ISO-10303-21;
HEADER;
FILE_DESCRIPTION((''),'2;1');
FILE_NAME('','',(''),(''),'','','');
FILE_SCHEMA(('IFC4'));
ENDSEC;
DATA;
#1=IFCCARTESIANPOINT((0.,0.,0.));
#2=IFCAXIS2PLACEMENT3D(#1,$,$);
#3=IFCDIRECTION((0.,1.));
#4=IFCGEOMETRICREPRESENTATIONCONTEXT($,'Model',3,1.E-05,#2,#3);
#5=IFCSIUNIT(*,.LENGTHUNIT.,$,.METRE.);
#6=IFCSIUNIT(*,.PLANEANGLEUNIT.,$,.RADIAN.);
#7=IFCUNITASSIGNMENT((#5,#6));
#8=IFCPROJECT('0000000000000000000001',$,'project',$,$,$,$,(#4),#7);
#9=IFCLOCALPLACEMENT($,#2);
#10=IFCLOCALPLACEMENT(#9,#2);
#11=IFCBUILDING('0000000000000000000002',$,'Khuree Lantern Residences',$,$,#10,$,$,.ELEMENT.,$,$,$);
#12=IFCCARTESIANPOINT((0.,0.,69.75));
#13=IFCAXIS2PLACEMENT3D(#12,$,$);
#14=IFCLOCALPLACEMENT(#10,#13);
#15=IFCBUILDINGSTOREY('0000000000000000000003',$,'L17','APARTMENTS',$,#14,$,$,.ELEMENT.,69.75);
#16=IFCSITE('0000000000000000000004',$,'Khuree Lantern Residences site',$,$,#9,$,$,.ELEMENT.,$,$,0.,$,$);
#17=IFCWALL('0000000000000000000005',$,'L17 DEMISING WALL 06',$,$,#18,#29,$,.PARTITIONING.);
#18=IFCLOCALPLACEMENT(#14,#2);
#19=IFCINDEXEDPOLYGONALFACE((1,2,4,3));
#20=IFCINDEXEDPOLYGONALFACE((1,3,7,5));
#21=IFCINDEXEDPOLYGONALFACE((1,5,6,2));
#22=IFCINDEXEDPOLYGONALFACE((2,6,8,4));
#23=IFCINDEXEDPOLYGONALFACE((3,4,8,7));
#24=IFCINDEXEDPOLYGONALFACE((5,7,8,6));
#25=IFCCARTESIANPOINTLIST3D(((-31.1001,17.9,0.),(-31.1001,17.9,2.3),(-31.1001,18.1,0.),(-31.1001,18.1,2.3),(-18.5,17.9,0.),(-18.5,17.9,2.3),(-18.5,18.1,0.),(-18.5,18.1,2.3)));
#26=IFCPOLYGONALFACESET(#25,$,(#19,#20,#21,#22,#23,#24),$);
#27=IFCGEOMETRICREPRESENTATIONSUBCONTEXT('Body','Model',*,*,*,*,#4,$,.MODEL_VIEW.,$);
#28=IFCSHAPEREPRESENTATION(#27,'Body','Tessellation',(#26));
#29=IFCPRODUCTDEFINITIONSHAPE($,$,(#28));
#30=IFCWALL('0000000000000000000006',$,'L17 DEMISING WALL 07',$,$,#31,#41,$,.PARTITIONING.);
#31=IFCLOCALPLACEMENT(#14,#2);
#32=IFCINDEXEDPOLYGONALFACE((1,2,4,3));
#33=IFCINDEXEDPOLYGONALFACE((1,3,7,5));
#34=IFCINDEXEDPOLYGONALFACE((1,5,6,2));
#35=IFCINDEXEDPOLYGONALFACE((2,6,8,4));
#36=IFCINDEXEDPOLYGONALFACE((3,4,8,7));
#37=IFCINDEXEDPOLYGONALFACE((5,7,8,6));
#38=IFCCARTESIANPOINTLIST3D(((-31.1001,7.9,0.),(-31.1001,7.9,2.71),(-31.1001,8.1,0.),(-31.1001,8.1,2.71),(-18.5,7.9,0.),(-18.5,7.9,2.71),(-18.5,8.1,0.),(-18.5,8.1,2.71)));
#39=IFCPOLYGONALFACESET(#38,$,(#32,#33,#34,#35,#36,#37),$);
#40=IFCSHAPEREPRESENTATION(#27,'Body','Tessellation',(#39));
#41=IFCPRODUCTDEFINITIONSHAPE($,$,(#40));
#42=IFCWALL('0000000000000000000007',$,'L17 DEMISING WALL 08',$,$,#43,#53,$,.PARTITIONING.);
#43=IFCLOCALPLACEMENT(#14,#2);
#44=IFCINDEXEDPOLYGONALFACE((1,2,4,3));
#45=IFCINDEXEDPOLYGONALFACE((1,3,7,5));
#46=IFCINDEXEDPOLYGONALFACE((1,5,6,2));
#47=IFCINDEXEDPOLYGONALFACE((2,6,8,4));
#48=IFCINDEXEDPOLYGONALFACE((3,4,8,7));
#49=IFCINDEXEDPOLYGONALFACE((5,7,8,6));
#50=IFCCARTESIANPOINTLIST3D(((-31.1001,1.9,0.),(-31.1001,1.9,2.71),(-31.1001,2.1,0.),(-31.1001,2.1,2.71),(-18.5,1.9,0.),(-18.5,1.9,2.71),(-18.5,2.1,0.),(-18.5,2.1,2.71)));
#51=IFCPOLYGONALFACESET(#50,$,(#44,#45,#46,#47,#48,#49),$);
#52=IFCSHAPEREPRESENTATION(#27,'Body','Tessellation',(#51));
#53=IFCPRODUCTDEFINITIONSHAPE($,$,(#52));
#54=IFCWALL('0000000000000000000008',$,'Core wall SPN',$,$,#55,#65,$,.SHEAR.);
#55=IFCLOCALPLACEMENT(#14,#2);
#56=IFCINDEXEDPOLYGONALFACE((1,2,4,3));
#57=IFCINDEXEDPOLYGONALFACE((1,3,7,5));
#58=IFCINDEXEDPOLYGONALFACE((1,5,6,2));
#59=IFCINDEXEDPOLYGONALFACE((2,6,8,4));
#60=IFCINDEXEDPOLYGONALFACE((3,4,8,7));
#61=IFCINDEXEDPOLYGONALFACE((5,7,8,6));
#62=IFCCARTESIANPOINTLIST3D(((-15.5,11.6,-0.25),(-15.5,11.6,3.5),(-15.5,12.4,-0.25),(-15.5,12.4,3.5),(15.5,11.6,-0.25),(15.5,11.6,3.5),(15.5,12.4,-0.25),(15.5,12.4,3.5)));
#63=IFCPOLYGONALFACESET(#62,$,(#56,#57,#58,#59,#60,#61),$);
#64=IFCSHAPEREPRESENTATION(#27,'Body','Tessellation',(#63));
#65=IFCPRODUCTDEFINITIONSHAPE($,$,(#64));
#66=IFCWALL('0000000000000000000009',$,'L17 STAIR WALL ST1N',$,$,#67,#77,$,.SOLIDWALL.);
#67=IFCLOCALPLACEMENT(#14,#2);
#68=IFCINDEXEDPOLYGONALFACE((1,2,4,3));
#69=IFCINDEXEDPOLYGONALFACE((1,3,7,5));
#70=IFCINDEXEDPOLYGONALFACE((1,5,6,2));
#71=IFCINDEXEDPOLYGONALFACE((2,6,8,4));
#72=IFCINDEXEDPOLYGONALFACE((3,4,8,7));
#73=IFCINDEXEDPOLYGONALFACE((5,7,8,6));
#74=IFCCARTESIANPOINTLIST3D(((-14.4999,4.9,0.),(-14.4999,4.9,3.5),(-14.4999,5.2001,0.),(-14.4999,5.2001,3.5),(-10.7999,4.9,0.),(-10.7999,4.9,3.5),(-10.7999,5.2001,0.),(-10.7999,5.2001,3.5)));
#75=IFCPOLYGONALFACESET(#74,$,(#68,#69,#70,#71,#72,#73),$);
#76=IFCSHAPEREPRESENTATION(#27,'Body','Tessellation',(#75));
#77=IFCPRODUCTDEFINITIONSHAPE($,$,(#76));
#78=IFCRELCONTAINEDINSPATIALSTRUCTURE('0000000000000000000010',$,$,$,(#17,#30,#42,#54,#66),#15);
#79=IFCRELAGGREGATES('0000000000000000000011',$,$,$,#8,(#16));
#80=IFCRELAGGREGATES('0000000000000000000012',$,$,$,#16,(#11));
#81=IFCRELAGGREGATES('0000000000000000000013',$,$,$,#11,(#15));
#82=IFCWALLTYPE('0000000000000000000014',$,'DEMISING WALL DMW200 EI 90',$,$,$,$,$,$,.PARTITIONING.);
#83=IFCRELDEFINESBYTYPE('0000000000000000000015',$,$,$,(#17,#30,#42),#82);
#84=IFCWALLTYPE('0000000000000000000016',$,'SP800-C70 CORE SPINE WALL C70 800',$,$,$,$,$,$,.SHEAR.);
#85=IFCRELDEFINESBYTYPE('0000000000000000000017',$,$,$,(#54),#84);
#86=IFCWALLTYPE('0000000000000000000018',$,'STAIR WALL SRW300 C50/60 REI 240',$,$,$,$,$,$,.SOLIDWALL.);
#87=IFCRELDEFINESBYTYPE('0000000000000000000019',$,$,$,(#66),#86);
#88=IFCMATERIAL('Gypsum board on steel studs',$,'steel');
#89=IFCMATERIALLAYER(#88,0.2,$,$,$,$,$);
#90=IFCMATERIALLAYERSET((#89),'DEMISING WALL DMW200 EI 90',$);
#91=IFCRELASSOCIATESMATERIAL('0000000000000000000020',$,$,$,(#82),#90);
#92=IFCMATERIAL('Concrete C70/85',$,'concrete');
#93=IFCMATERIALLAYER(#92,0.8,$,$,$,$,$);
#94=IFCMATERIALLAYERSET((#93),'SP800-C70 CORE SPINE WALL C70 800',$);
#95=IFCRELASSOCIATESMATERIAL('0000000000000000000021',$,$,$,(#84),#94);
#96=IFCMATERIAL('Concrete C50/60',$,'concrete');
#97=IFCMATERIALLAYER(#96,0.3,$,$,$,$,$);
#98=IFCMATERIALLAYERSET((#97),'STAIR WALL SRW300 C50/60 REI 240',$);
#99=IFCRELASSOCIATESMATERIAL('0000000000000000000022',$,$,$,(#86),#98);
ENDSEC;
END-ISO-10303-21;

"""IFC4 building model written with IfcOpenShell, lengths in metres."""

from ifc_helpers import new_model, si_unit, direction, frame, frame_2d, origin, place, context, subcontext, project, spatial, rectangle, extrude, material, layer, layer_set, type_object, element, save


model = new_model("IFC4")

# Units and contexts
model_context = context("Model", 3, precision=1e-05, world=origin(), true_north=direction((0.0, 1.0)))
body_context = subcontext(model_context, "Body", "Model", "MODEL_VIEW")
ifc_project = project(units=[si_unit("LENGTHUNIT", "METRE"), si_unit("PLANEANGLEUNIT", "RADIAN")], contexts=[model_context])

# Site, building, storey
site_placement = place(None, origin())
site = spatial("IfcSite", under=ifc_project, at=site_placement, Name="Khuree Lantern Residences site", CompositionType="ELEMENT", RefElevation=0.0)
building_placement = place(site_placement, origin())
building = spatial("IfcBuilding", under=site, at=building_placement, Name="Khuree Lantern Residences", CompositionType="ELEMENT")
storey_placement = place(building_placement, frame((0.0, 0.0, 69.75)))
storey = spatial("IfcBuildingStorey", under=building, at=storey_placement, Name="L17", Description="APARTMENTS", CompositionType="ELEMENT", Elevation=69.75)

# Shared definitions
ifc_material_1 = material(Name="Concrete C70/85", Category="concrete")

# Shared definitions
ifc_material_2 = material(Name="Gypsum board on steel studs", Category="steel")

# Walls
ifc_layer_1 = layer(ifc_material_2, 0.2)
ifc_layer_set_1 = layer_set([ifc_layer_1], Name="DEMISING WALL DMW200 EI 90")
wall_type_1 = type_object("IfcWallType", Name="DEMISING WALL DMW200 EI 90", PredefinedType="PARTITIONING", material=ifc_layer_set_1)
wall_1_placement = place(storey_placement, frame((-18.5, 18.0, 0.0), z_axis=(0.0, 0.0, 1.0), x_axis=(-1.0, 0.0, 0.0)))
element("IfcWall", 1, at=wall_1_placement, inside=storey, type_object=wall_type_1, Name="L17 DEMISING WALL 06", PredefinedType="PARTITIONING", context=body_context, shape_type="SweptSolid", body=[
    extrude(rectangle(XDim=12.6001, YDim=0.2, at=frame_2d((6.3, 0.0))), origin(), (0.0, 0.0, 1.0), 2.3),
])
for number, where, z_axis, x_axis, name in (
    (2, (-18.5, 8.0, 0.0), (0.0, 0.0, 1.0), (-1.0, 0.0, 0.0), "L17 DEMISING WALL 07"),
    (3, (-18.5, 2.0, 0.0), (0.0, 0.0, 1.0), (-1.0, 0.0, 0.0), "L17 DEMISING WALL 08"),
):
    element("IfcWall", number, at=place(storey_placement, frame(where, z_axis=z_axis, x_axis=x_axis)), inside=storey, type_object=wall_type_1, Name=name, PredefinedType="PARTITIONING", context=body_context, shape_type="SweptSolid", body=[
        extrude(rectangle(XDim=12.6001, YDim=0.2, at=frame_2d((6.3, 0.0))), origin(), (0.0, 0.0, 1.0), 2.71),
    ])
ifc_layer_2 = layer(ifc_material_1, 0.8)
ifc_layer_set_2 = layer_set([ifc_layer_2], Name="SP800-C70 CORE SPINE WALL C70 800")
wall_type_2 = type_object("IfcWallType", Name="SP800-C70 CORE SPINE WALL C70 800", PredefinedType="SHEAR", material=ifc_layer_set_2)
wall_2_placement = place(storey_placement, frame((-15.5, 12.0, -0.25), z_axis=(0.0, 0.0, 1.0), x_axis=(1.0, 0.0, 0.0)))
element("IfcWall", 4, at=wall_2_placement, inside=storey, type_object=wall_type_2, Name="Core wall SPN", PredefinedType="SHEAR", context=body_context, shape_type="SweptSolid", body=[
    extrude(rectangle(XDim=31.0, YDim=0.8, at=frame_2d((15.5, 0.0))), origin(), (0.0, 0.0, 1.0), 3.75),
])
ifc_material_3 = material(Name="Concrete C50/60", Category="concrete")
ifc_layer_3 = layer(ifc_material_3, 0.3)
ifc_layer_set_3 = layer_set([ifc_layer_3], Name="STAIR WALL SRW300 C50/60 REI 240")
wall_type_3 = type_object("IfcWallType", Name="STAIR WALL SRW300 C50/60 REI 240", PredefinedType="SOLIDWALL", material=ifc_layer_set_3)
wall_3_placement = place(storey_placement, frame((-14.5, 5.05, 0.0), z_axis=(0.0, 0.0, 1.0), x_axis=(1.0, 0.0, 0.0)))
element("IfcWall", 5, at=wall_3_placement, inside=storey, type_object=wall_type_3, Name="L17 STAIR WALL ST1N", PredefinedType="SOLIDWALL", context=body_context, shape_type="SweptSolid", body=[
    extrude(rectangle(XDim=3.7, YDim=0.3, at=frame_2d((1.8501, 0.0))), origin(), (0.0, 0.0, 1.0), 3.5),
])

save(model, "model.ifc")
